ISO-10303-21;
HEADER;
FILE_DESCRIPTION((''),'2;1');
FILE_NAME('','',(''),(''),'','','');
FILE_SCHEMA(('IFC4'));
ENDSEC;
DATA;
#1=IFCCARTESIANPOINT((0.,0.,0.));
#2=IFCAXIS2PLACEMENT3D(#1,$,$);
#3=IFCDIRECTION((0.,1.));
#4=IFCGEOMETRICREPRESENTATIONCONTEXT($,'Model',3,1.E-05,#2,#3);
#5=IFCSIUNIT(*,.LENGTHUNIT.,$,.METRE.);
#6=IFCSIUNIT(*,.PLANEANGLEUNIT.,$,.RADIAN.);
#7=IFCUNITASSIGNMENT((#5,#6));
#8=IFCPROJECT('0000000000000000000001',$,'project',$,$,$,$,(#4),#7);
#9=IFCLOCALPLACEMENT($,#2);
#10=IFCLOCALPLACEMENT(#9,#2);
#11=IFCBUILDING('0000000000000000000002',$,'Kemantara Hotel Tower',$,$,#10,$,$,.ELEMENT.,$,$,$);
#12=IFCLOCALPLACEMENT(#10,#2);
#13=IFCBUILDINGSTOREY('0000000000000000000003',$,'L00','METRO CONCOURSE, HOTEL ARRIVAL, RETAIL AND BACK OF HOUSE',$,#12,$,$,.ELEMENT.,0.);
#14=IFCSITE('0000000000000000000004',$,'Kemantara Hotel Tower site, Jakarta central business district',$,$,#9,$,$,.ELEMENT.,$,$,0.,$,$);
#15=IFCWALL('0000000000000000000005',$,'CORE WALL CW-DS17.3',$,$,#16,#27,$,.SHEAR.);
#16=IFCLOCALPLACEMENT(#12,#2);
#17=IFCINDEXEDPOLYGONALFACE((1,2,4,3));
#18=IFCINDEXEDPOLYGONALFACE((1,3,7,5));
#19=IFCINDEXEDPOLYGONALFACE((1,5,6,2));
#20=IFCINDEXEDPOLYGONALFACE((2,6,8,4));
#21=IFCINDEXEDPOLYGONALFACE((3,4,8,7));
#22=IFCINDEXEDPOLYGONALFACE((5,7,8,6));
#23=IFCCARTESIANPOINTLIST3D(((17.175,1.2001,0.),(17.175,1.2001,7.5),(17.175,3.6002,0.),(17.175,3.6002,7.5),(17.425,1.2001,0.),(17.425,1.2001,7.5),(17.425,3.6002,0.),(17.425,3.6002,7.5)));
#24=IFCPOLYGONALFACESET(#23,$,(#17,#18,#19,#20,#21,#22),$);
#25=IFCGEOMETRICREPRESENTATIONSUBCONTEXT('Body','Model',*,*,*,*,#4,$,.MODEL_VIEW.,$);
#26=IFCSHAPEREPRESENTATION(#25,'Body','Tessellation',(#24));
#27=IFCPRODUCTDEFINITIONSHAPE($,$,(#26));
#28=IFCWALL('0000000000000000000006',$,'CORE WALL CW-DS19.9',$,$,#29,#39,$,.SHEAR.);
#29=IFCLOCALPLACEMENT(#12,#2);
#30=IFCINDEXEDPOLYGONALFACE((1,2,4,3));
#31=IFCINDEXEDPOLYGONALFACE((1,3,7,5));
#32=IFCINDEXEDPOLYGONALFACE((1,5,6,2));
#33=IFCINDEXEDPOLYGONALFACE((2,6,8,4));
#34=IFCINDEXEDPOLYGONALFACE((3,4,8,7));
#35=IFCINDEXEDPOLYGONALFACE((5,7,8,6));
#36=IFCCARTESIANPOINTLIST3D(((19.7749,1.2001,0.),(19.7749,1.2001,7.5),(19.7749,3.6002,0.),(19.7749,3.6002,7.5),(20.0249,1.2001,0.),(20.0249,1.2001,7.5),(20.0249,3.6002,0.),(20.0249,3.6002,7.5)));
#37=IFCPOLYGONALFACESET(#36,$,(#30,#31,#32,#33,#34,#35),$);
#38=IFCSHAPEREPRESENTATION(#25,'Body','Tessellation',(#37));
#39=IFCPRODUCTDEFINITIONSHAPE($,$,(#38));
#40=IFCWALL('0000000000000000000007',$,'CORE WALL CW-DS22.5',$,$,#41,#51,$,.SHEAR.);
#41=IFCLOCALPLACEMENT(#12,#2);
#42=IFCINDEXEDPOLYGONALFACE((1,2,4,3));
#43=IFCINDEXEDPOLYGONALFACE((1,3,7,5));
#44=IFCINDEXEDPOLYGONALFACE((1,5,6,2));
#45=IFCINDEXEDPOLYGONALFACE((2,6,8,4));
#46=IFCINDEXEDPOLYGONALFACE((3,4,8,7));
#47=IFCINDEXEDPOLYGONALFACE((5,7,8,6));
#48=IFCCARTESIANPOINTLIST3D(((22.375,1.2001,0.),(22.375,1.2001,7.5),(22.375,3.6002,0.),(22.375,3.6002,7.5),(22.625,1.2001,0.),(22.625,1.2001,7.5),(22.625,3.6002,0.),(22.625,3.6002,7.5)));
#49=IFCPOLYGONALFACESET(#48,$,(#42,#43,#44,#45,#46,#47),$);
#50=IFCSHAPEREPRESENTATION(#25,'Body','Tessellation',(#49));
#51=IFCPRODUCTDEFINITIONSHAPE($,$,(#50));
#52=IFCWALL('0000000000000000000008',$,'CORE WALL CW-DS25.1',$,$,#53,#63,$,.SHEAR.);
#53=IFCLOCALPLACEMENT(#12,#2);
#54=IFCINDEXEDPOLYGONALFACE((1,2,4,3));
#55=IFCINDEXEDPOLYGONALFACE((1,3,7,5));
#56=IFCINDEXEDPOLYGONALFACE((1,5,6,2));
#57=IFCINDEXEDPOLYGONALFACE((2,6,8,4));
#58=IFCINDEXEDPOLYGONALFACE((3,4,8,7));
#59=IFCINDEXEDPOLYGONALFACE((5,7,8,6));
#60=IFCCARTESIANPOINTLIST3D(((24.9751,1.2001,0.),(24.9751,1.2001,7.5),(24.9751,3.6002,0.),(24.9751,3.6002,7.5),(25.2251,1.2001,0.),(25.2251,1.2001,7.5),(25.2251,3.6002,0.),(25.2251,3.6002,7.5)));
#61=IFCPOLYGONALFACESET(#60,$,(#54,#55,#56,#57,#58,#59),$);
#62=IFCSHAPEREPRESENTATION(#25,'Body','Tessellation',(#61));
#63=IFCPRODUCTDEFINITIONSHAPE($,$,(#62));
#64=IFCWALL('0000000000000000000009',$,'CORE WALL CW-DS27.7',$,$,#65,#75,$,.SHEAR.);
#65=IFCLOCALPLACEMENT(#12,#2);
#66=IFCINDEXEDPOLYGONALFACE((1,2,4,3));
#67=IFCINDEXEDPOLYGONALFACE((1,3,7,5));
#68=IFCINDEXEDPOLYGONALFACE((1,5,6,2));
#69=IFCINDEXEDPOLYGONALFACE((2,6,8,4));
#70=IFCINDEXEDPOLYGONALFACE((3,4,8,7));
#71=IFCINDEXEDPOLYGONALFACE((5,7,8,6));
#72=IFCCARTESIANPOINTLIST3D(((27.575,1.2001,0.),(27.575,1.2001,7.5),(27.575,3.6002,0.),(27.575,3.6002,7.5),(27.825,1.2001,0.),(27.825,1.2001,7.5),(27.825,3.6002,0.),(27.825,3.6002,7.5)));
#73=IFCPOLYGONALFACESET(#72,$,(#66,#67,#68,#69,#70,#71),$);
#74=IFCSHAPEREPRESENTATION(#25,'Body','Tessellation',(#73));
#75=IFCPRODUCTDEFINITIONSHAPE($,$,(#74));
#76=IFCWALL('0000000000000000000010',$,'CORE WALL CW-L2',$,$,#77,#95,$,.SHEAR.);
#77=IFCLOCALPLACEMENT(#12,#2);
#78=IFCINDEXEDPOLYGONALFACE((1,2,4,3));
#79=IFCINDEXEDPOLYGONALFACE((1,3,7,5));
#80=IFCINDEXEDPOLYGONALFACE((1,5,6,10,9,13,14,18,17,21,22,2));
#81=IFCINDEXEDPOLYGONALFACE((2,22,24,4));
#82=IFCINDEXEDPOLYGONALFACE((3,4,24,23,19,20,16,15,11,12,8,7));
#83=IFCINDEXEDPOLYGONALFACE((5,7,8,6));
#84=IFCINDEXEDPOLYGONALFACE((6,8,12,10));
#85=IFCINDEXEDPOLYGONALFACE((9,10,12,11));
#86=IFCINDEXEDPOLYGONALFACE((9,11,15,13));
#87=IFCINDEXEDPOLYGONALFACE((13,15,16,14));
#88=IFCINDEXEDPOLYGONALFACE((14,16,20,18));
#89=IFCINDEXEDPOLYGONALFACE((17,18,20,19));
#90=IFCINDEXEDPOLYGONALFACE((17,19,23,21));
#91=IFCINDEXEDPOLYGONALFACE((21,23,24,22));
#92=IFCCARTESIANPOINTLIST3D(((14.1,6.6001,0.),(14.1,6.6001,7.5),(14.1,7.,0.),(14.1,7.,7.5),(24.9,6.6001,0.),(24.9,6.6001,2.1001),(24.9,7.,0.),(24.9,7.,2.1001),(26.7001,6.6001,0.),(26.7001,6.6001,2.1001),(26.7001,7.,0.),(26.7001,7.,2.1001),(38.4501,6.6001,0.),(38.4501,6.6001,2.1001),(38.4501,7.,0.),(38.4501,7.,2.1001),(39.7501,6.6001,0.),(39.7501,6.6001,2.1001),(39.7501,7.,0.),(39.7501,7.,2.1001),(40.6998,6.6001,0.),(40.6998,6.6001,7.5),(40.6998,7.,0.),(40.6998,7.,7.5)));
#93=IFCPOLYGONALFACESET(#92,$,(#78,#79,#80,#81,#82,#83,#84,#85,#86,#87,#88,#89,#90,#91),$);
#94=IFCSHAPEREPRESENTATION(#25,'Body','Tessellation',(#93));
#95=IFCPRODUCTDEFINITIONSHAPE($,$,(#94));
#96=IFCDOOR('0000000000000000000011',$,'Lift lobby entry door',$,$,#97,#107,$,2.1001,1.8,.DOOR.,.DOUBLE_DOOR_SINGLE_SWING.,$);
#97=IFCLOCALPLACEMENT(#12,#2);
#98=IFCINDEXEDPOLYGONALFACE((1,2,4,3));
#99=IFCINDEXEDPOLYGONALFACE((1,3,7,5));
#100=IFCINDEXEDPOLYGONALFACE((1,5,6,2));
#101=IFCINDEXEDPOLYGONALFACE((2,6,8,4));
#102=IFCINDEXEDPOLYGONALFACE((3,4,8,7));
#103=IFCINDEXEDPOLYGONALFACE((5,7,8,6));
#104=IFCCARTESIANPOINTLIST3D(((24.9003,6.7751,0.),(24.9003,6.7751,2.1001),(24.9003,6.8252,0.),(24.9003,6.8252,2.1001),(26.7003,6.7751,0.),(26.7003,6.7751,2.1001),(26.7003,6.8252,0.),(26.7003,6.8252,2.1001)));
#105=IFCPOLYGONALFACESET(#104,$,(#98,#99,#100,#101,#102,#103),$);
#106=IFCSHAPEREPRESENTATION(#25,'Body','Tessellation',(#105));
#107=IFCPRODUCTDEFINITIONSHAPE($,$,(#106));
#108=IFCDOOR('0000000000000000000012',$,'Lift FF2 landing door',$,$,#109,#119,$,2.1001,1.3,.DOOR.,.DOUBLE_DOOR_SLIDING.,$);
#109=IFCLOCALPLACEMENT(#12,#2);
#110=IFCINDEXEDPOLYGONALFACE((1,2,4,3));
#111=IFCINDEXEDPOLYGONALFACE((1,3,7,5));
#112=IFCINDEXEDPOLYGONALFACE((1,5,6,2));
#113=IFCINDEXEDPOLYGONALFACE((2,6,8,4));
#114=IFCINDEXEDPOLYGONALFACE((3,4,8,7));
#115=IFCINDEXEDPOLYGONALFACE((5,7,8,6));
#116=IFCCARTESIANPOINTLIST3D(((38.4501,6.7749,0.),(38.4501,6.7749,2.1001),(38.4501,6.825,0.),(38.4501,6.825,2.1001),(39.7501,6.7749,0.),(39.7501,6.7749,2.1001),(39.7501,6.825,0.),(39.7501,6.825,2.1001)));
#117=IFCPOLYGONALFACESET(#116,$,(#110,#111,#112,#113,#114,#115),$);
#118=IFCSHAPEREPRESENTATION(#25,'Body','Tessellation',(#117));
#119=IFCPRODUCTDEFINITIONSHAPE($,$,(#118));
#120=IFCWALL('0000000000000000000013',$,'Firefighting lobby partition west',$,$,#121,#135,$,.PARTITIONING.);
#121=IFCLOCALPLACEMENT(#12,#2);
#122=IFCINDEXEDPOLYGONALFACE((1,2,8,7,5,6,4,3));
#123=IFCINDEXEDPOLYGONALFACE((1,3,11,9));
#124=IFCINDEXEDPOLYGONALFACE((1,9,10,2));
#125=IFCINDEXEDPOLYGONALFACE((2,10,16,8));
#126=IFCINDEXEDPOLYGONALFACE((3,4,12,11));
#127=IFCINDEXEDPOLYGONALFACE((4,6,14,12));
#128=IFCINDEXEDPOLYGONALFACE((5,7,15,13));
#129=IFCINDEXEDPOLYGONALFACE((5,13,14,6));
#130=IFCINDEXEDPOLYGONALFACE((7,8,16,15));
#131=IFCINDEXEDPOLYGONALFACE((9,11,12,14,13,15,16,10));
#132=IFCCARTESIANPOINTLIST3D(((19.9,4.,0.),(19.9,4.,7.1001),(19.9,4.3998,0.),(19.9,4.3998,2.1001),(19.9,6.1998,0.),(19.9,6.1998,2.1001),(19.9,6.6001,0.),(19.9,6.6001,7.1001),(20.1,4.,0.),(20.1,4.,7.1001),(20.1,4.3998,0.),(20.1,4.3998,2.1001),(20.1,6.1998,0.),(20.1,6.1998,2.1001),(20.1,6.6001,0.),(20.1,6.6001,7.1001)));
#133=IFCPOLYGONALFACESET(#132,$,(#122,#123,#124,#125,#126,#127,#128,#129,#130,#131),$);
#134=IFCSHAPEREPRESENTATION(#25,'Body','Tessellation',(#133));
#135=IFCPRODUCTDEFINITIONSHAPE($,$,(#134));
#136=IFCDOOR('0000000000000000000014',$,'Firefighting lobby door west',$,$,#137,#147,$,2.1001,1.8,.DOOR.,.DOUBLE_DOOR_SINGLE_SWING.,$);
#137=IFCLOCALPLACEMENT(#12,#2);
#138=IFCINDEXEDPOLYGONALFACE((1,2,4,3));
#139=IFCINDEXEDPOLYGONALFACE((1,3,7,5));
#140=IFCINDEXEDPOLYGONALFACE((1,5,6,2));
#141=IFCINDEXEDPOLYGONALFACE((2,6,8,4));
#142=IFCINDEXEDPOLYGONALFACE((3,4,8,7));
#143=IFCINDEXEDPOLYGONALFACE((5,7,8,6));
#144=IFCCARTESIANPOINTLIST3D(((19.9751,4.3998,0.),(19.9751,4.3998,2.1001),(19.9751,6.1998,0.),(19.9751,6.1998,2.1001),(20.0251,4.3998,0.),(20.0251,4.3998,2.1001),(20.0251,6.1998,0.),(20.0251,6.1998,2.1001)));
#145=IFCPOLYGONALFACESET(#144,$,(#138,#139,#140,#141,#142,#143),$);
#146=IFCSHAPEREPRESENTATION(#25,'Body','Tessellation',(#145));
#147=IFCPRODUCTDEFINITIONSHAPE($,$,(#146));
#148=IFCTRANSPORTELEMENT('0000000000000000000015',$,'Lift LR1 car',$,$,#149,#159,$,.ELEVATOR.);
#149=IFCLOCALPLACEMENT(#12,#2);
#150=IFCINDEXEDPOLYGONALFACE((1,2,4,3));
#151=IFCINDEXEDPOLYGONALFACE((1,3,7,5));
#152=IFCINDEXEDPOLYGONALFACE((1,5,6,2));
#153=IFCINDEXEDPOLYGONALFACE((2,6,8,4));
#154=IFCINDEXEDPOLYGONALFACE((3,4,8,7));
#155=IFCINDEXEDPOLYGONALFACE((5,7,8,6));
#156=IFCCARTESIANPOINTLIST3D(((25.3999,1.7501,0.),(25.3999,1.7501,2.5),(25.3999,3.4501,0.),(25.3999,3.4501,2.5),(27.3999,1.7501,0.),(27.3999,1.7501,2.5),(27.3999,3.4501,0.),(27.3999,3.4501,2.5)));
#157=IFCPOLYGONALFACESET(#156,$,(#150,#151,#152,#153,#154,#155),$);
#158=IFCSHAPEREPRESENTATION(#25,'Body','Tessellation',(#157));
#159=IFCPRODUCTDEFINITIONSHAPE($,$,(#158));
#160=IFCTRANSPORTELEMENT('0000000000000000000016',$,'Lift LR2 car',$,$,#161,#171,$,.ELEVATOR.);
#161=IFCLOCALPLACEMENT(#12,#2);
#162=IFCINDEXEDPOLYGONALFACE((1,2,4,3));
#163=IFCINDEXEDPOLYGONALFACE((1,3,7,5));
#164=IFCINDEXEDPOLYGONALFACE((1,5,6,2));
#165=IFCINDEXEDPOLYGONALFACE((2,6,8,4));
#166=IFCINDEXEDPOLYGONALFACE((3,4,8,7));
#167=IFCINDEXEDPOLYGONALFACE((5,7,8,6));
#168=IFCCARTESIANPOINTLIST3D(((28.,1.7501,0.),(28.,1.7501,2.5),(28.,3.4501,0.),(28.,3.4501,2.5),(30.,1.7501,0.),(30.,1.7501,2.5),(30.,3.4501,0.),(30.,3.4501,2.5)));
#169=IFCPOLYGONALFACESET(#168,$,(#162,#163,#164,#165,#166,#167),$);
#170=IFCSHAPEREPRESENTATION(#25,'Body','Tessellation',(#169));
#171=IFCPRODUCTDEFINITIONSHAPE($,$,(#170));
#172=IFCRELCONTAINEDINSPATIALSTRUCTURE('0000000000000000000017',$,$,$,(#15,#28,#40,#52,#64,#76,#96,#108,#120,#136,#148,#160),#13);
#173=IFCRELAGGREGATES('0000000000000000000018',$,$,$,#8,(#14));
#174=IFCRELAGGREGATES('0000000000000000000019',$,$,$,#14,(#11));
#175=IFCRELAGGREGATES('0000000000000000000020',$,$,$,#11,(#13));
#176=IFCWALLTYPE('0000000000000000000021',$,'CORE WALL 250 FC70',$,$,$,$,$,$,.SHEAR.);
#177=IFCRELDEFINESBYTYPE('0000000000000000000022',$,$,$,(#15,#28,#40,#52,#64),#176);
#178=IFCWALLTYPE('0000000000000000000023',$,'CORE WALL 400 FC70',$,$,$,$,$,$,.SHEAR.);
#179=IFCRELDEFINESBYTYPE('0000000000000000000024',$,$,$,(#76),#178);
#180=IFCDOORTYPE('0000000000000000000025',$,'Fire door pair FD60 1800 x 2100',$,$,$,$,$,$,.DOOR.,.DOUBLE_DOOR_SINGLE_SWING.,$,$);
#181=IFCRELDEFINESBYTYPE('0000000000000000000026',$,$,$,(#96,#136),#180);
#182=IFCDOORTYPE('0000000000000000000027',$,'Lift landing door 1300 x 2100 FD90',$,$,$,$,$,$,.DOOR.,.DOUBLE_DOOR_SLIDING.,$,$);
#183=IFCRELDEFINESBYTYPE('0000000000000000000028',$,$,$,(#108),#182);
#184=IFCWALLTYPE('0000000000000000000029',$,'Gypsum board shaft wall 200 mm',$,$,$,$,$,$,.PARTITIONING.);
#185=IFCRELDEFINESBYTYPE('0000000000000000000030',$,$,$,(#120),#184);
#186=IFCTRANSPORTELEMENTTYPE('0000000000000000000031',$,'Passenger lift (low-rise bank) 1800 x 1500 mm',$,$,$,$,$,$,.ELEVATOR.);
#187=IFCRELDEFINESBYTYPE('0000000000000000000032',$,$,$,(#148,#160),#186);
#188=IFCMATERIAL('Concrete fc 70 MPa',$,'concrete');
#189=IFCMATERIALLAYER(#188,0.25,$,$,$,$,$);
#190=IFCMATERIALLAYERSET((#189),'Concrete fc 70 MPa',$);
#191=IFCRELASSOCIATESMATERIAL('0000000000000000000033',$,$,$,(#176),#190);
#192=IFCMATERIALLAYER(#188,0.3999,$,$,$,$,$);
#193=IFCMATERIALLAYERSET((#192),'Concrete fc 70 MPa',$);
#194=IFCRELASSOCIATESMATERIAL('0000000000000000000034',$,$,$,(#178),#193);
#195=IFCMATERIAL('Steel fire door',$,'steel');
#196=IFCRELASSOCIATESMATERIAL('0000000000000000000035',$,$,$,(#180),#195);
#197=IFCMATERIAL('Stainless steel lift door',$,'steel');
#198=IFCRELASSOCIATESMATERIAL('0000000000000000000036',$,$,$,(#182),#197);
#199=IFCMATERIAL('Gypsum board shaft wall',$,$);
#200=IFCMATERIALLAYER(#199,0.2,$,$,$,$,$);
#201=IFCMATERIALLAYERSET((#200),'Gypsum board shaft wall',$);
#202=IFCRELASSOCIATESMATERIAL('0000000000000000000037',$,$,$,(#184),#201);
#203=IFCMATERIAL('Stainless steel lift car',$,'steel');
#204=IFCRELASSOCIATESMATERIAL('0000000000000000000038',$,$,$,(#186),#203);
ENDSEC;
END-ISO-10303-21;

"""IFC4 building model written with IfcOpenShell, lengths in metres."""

from ifc_helpers import new_model, si_unit, direction, frame, frame_2d, origin, origin_2d, place, context, subcontext, project, spatial, rectangle, extrude, material, layer, layer_set, type_object, element, fill, save


model = new_model("IFC4")

# Units and contexts
model_context = context("Model", 3, precision=1e-05, world=origin(), true_north=direction((0.0, 1.0)))
body_context = subcontext(model_context, "Body", "Model", "MODEL_VIEW")
ifc_project = project(units=[si_unit("LENGTHUNIT", "METRE"), si_unit("PLANEANGLEUNIT", "RADIAN")], contexts=[model_context])

# Site, building, storey
site_placement = place(None, origin())
site = spatial("IfcSite", under=ifc_project, at=site_placement, Name="Kemantara Hotel Tower site, Jakarta central business district", CompositionType="ELEMENT", RefElevation=0.0)
building_placement = place(site_placement, origin())
building = spatial("IfcBuilding", under=site, at=building_placement, Name="Kemantara Hotel Tower", CompositionType="ELEMENT")
storey_placement = place(building_placement, origin())
storey = spatial("IfcBuildingStorey", under=building, at=storey_placement, Name="L00", Description="METRO CONCOURSE, HOTEL ARRIVAL, RETAIL AND BACK OF HOUSE", CompositionType="ELEMENT", Elevation=0.0)

# Walls
ifc_material_1 = material(Name="Concrete fc 70 MPa", Category="concrete")
ifc_layer_1 = layer(ifc_material_1, 0.25)
ifc_layer_set_1 = layer_set([ifc_layer_1], Name="Concrete fc 70 MPa")
wall_type_1 = type_object("IfcWallType", Name="CORE WALL 250 FC70", PredefinedType="SHEAR", material=ifc_layer_set_1)
for number, where, z_axis, x_axis, name in (
    (1, (17.3, 1.2, 0.0), (0.0, 0.0, 1.0), (0.0, 1.0, 0.0), "CORE WALL CW-DS17.3"),
    (2, (19.8999, 1.2, 0.0), (0.0, 0.0, 1.0), (0.0, 1.0, 0.0), "CORE WALL CW-DS19.9"),
    (3, (22.5, 1.2, 0.0), (0.0, 0.0, 1.0), (0.0, 1.0, 0.0), "CORE WALL CW-DS22.5"),
    (4, (25.1001, 1.2, 0.0), (0.0, 0.0, 1.0), (0.0, 1.0, 0.0), "CORE WALL CW-DS25.1"),
    (5, (27.7, 1.2, 0.0), (0.0, 0.0, 1.0), (0.0, 1.0, 0.0), "CORE WALL CW-DS27.7"),
):
    element("IfcWall", number, at=place(storey_placement, frame(where, z_axis=z_axis, x_axis=x_axis)), inside=storey, type_object=wall_type_1, Name=name, PredefinedType="SHEAR", context=body_context, shape_type="SweptSolid", body=[
        extrude(rectangle(XDim=2.4001, YDim=0.25, at=frame_2d((1.2002, 0.0))), origin(), (0.0, 0.0, 1.0), 7.5),
    ])

# Wall, openings, doors
ifc_layer_2 = layer(ifc_material_1, 0.3999)
ifc_layer_set_2 = layer_set([ifc_layer_2], Name="Concrete fc 70 MPa")
wall_type_2 = type_object("IfcWallType", Name="CORE WALL 400 FC70", PredefinedType="SHEAR", material=ifc_layer_set_2)
wall_1_placement = place(storey_placement, frame((14.1001, 6.8, 0.0), z_axis=(0.0, 0.0, 1.0), x_axis=(1.0, 0.0, 0.0)))
wall_1 = element("IfcWall", 6, at=wall_1_placement, inside=storey, type_object=wall_type_2, Name="CORE WALL CW-L2", PredefinedType="SHEAR", context=body_context, shape_type="SweptSolid", body=[
    extrude(rectangle(XDim=26.5999, YDim=0.3999, at=frame_2d((13.2998, 0.0))), origin(), (0.0, 0.0, 1.0), 7.5),
])
opening_1_placement = place(wall_1_placement, frame((10.8, 0.0, 0.0)))
opening_1 = element("IfcOpeningElement", 7, at=opening_1_placement, cuts=wall_1, PredefinedType="OPENING", context=body_context, shape_type="SweptSolid", body=[
    extrude(rectangle(XDim=1.8, YDim=2.1001, at=frame_2d((0.8999, 1.05))), frame((0.0, 0.21, 0.0), z_axis=(0.0, -1.0, 0.0), x_axis=(1.0, 0.0, 0.0)), (0.0, 0.0, 1.0), 0.4199),
])
opening_2_placement = place(wall_1_placement, frame((24.3501, 0.0, 0.0)))
opening_2 = element("IfcOpeningElement", 8, at=opening_2_placement, cuts=wall_1, PredefinedType="OPENING", context=body_context, shape_type="SweptSolid", body=[
    extrude(rectangle(XDim=1.3, YDim=2.1001, at=frame_2d((0.6499, 1.05))), frame((0.0, 0.21, 0.0), z_axis=(0.0, -1.0, 0.0), x_axis=(1.0, 0.0, 0.0)), (0.0, 0.0, 1.0), 0.4199),
])
ifc_material_2 = material(Name="Steel fire door", Category="steel")
door_type_1 = type_object("IfcDoorType", Name="Fire door pair FD60 1800 x 2100", OperationType="DOUBLE_DOOR_SINGLE_SWING", PredefinedType="DOOR", material=ifc_material_2)
door_1_placement = place(opening_1_placement, frame((1.8, 0.0, 0.0), z_axis=(0.0, 0.0, 1.0), x_axis=(-1.0, 0.0, 0.0)))
door_1 = element("IfcDoor", 9, at=door_1_placement, inside=storey, type_object=door_type_1, Name="Lift lobby entry door", OperationType="DOUBLE_DOOR_SINGLE_SWING", OverallHeight=2.1001, OverallWidth=1.8, PredefinedType="DOOR", context=body_context, shape_type="SweptSolid", body=[
    extrude(rectangle(XDim=1.8, YDim=2.1001, at=frame_2d((0.8999, 1.05))), frame((0.0, 0.0249, 0.0), z_axis=(0.0, -1.0, 0.0), x_axis=(1.0, 0.0, 0.0)), (0.0, 0.0, 1.0), 0.05),
])
fill(opening_1, door_1)
ifc_material_3 = material(Name="Stainless steel lift door", Category="steel")
door_type_2 = type_object("IfcDoorType", Name="Lift landing door 1300 x 2100 FD90", OperationType="DOUBLE_DOOR_SLIDING", PredefinedType="DOOR", material=ifc_material_3)
door_2_placement = place(opening_2_placement, origin())
door_2 = element("IfcDoor", 10, at=door_2_placement, inside=storey, type_object=door_type_2, Name="Lift FF2 landing door", OperationType="DOUBLE_DOOR_SLIDING", OverallHeight=2.1001, OverallWidth=1.3, PredefinedType="DOOR", context=body_context, shape_type="SweptSolid", body=[
    extrude(rectangle(XDim=1.3, YDim=2.1001, at=frame_2d((0.6499, 1.05))), frame((0.0, 0.0249, 0.0), z_axis=(0.0, -1.0, 0.0), x_axis=(1.0, 0.0, 0.0)), (0.0, 0.0, 1.0), 0.05),
])
fill(opening_2, door_2)

# Wall, opening, door
ifc_material_4 = material(Name="Gypsum board shaft wall")
ifc_layer_3 = layer(ifc_material_4, 0.2)
ifc_layer_set_3 = layer_set([ifc_layer_3], Name="Gypsum board shaft wall")
wall_type_3 = type_object("IfcWallType", Name="Gypsum board shaft wall 200 mm", PredefinedType="PARTITIONING", material=ifc_layer_set_3)
wall_2_placement = place(storey_placement, frame((20.0, 4.0, 0.0), z_axis=(0.0, 0.0, 1.0), x_axis=(0.0, 1.0, 0.0)))
wall_2 = element("IfcWall", 11, at=wall_2_placement, inside=storey, type_object=wall_type_3, Name="Firefighting lobby partition west", PredefinedType="PARTITIONING", context=body_context, shape_type="SweptSolid", body=[
    extrude(rectangle(XDim=2.6001, YDim=0.2, at=frame_2d((1.3, 0.0))), origin(), (0.0, 0.0, 1.0), 7.1001),
])
opening_3_placement = place(wall_2_placement, frame((0.3999, 0.0, 0.0)))
opening_3 = element("IfcOpeningElement", 12, at=opening_3_placement, cuts=wall_2, PredefinedType="OPENING", context=body_context, shape_type="SweptSolid", body=[
    extrude(rectangle(XDim=1.8, YDim=2.1001, at=frame_2d((0.8999, 1.05))), frame((0.0, 0.1099, 0.0), z_axis=(0.0, -1.0, 0.0), x_axis=(1.0, 0.0, 0.0)), (0.0, 0.0, 1.0), 0.22),
])
door_3_placement = place(opening_3_placement, origin())
door_3 = element("IfcDoor", 13, at=door_3_placement, inside=storey, type_object=door_type_1, Name="Firefighting lobby door west", OperationType="DOUBLE_DOOR_SINGLE_SWING", OverallHeight=2.1001, OverallWidth=1.8, PredefinedType="DOOR", context=body_context, shape_type="SweptSolid", body=[
    extrude(rectangle(XDim=1.8, YDim=2.1001, at=frame_2d((0.8999, 1.05))), frame((0.0, 0.0249, 0.0), z_axis=(0.0, -1.0, 0.0), x_axis=(1.0, 0.0, 0.0)), (0.0, 0.0, 1.0), 0.05),
])
fill(opening_3, door_3)

# Transport elements
ifc_material_5 = material(Name="Stainless steel lift car", Category="steel")
transport_element_type = type_object("IfcTransportElementType", Name="Passenger lift (low-rise bank) 1800 x 1500 mm", PredefinedType="ELEVATOR", material=ifc_material_5)
for number, where, z_axis, x_axis, name in (
    (14, (26.3999, 2.6001, 0.0), (0.0, 0.0, 1.0), (1.0, 0.0, 0.0), "Lift LR1 car"),
    (15, (29.0, 2.6001, 0.0), (0.0, 0.0, 1.0), (1.0, 0.0, 0.0), "Lift LR2 car"),
):
    element("IfcTransportElement", number, at=place(storey_placement, frame(where, z_axis=z_axis, x_axis=x_axis)), inside=storey, type_object=transport_element_type, Name=name, PredefinedType="ELEVATOR", context=body_context, shape_type="SweptSolid", body=[
        extrude(rectangle(XDim=2.0, YDim=1.7, at=origin_2d()), origin(), (0.0, 0.0, 1.0), 2.5),
    ])

save(model, "model.ifc")
